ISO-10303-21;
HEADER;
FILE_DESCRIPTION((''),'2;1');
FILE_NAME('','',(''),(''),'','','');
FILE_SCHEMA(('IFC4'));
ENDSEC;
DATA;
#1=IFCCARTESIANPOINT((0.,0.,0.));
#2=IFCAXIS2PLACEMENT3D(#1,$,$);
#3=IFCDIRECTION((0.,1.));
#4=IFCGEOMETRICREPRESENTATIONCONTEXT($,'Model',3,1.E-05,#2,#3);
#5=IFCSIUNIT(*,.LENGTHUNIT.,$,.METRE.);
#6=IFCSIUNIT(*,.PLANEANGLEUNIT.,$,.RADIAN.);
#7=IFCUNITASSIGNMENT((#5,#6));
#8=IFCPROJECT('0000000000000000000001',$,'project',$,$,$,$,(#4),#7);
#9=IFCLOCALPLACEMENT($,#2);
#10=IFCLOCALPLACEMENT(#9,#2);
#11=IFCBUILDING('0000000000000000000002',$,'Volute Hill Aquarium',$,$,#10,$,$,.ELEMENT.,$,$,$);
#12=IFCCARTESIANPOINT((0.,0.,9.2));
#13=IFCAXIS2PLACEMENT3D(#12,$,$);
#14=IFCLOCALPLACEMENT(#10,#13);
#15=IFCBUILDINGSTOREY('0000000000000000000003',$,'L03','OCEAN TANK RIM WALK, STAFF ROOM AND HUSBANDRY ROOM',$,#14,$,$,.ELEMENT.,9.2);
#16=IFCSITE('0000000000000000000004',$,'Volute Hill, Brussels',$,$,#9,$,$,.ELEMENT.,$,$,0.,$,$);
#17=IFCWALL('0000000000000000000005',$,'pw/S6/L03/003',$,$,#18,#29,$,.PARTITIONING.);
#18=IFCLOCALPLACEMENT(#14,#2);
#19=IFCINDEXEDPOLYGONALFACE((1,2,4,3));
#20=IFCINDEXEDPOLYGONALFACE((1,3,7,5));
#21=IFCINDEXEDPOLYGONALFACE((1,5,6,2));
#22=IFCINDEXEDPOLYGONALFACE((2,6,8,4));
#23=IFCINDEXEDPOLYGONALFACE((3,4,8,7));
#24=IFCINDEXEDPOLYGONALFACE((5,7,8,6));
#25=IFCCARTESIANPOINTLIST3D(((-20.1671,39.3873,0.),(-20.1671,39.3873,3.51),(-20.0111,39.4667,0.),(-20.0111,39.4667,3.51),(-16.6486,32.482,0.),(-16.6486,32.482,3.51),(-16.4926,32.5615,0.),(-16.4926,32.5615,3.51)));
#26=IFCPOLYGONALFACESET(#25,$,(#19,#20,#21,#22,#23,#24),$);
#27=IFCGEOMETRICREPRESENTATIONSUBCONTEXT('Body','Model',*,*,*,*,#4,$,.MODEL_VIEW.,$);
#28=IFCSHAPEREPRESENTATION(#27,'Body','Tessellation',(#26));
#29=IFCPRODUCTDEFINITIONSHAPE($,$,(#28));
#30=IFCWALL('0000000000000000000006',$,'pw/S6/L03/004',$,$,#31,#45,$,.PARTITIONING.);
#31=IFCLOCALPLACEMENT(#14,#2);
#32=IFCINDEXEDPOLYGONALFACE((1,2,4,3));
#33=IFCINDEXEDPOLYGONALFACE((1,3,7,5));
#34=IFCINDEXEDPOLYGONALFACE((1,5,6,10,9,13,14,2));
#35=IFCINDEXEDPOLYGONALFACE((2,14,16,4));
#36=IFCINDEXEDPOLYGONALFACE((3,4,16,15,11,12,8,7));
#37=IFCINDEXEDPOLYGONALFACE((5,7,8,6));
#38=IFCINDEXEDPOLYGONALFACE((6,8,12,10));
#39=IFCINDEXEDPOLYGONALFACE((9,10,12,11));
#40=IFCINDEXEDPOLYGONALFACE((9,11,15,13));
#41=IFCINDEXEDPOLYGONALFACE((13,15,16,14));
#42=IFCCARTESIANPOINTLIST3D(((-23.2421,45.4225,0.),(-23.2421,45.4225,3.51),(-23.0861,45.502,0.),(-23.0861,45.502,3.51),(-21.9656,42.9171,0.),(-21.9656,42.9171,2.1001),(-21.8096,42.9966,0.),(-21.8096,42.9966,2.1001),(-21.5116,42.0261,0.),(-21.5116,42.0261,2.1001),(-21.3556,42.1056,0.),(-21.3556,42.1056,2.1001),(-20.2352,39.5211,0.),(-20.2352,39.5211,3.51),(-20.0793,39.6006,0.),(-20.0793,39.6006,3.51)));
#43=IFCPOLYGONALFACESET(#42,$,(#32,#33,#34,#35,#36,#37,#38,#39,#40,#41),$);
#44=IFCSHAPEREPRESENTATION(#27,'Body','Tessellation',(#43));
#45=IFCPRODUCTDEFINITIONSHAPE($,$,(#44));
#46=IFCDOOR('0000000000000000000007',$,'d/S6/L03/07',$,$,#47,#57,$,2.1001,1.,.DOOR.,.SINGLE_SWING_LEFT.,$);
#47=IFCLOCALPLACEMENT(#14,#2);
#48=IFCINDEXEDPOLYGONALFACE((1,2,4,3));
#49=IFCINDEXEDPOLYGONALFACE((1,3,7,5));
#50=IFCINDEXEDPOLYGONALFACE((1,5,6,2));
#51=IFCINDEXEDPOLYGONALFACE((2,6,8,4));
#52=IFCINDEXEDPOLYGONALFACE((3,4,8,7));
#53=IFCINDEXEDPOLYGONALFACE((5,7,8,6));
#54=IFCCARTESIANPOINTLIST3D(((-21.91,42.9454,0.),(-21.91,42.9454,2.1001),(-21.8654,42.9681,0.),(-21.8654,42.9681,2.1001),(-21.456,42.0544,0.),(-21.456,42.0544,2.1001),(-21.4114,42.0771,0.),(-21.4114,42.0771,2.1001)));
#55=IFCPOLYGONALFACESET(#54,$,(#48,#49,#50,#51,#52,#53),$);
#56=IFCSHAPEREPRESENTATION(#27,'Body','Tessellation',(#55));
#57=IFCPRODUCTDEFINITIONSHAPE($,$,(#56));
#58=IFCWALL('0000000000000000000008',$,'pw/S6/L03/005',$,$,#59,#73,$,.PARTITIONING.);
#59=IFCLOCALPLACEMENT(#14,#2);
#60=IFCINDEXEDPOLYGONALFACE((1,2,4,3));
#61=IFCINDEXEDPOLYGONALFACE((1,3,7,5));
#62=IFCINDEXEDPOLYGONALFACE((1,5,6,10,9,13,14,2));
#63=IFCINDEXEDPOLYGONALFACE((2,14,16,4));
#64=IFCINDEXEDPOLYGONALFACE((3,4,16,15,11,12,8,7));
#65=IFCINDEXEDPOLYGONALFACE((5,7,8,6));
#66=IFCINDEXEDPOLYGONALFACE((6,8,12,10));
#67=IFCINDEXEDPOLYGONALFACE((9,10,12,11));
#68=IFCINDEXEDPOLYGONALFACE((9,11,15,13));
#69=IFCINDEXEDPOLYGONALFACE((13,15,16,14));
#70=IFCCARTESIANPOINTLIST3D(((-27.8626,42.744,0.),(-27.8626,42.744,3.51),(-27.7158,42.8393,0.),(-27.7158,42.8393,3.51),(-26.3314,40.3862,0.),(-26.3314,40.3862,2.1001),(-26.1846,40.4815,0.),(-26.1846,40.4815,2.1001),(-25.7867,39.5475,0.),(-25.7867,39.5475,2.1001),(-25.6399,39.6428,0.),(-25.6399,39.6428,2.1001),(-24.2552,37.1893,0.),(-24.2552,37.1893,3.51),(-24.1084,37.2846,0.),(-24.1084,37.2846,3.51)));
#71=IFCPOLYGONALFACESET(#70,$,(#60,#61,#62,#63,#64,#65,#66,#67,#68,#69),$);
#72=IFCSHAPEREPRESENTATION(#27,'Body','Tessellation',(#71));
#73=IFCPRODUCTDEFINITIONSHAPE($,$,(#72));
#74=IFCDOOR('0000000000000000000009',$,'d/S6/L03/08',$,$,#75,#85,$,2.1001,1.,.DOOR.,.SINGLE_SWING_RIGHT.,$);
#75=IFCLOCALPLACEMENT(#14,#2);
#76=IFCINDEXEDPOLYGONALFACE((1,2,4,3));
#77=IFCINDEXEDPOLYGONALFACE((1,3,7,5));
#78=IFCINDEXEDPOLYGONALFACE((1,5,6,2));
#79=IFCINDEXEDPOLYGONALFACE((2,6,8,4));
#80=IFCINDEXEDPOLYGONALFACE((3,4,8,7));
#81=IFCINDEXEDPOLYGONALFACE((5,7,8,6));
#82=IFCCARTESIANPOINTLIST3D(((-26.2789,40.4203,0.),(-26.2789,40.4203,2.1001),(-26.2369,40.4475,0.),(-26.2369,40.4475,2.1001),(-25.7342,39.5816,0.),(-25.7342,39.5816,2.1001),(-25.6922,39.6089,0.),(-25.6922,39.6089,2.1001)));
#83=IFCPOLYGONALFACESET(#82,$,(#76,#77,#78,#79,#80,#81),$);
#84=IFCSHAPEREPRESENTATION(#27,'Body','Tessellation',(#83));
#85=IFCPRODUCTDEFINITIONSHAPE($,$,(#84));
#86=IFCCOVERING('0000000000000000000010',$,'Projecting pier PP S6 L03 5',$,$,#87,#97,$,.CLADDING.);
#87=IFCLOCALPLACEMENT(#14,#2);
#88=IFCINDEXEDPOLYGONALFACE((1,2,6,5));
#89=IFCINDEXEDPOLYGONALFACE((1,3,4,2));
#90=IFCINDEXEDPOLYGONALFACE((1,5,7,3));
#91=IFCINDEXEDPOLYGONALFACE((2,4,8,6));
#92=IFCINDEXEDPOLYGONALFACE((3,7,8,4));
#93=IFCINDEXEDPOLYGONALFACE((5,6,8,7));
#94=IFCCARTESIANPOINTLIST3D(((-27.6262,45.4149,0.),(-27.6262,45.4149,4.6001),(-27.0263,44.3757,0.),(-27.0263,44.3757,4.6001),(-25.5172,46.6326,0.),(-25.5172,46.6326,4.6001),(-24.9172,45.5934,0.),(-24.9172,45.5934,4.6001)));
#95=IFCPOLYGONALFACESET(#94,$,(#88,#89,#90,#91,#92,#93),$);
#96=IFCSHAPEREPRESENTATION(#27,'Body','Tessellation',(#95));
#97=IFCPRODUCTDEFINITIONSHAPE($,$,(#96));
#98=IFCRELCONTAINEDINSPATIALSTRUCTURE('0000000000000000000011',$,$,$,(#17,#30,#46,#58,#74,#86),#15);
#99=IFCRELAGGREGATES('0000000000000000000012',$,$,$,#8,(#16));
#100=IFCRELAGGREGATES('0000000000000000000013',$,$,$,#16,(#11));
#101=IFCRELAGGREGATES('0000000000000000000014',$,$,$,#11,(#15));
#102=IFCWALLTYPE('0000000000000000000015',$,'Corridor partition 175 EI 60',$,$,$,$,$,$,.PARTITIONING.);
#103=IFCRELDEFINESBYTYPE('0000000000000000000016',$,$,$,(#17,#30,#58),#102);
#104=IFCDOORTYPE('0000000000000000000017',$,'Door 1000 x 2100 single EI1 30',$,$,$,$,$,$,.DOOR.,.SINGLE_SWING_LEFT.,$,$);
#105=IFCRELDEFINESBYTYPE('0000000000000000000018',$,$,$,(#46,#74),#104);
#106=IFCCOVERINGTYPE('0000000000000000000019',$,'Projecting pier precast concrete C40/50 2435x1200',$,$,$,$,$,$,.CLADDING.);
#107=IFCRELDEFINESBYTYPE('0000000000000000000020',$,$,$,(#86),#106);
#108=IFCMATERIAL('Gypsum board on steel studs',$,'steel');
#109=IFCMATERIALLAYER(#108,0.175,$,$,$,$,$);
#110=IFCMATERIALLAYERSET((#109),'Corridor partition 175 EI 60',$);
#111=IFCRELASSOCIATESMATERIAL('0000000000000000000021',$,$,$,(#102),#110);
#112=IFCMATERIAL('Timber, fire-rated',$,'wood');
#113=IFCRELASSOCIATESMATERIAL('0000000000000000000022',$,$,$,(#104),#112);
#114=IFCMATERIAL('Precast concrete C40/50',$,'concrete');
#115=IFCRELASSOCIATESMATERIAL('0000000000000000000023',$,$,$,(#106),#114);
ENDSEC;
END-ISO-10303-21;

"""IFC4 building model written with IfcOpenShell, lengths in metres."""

from ifc_helpers import new_model, si_unit, direction, frame, frame_2d, origin, origin_2d, place, context, subcontext, project, spatial, rectangle, extrude, material, layer, layer_set, type_object, element, fill, save


model = new_model("IFC4")

# Units and contexts
model_context = context("Model", 3, precision=1e-05, world=origin(), true_north=direction((0.0, 1.0)))
body_context = subcontext(model_context, "Body", "Model", "MODEL_VIEW")
ifc_project = project(units=[si_unit("LENGTHUNIT", "METRE"), si_unit("PLANEANGLEUNIT", "RADIAN")], contexts=[model_context])

# Site, building, storey
site_placement = place(None, origin())
site = spatial("IfcSite", under=ifc_project, at=site_placement, Name="Volute Hill, Brussels", CompositionType="ELEMENT", RefElevation=0.0)
building_placement = place(site_placement, origin())
building = spatial("IfcBuilding", under=site, at=building_placement, Name="Volute Hill Aquarium", CompositionType="ELEMENT")
storey_placement = place(building_placement, frame((0.0, 0.0, 9.2)))
storey = spatial("IfcBuildingStorey", under=building, at=storey_placement, Name="L03", Description="OCEAN TANK RIM WALK, STAFF ROOM AND HUSBANDRY ROOM", CompositionType="ELEMENT", Elevation=9.2)

# Wall
ifc_material_1 = material(Name="Gypsum board on steel studs", Category="steel")
ifc_layer_1 = layer(ifc_material_1, 0.175)
ifc_layer_set_1 = layer_set([ifc_layer_1], Name="Corridor partition 175 EI 60")
wall_type_1 = type_object("IfcWallType", Name="Corridor partition 175 EI 60", PredefinedType="PARTITIONING", material=ifc_layer_set_1)
wall_1_placement = place(storey_placement, frame((-20.0891, 39.427, 0.0), z_axis=(0.0, 0.0, 1.0), x_axis=(0.454005, -0.890999, 0.0)))
element("IfcWall", 1, at=wall_1_placement, inside=storey, type_object=wall_type_1, Name="pw/S6/L03/003", PredefinedType="PARTITIONING", context=body_context, shape_type="SweptSolid", body=[
    extrude(rectangle(XDim=7.75, YDim=0.175, at=frame_2d((3.875, 0.0))), origin(), (0.0, 0.0, 1.0), 3.51),
])

# Walls, openings, doors
wall_2_placement = place(storey_placement, frame((-23.1641, 45.4622, 0.0), z_axis=(0.0, 0.0, 1.0), x_axis=(0.453983, -0.89101, 0.0)))
wall_2 = element("IfcWall", 2, at=wall_2_placement, inside=storey, type_object=wall_type_1, Name="pw/S6/L03/004", PredefinedType="PARTITIONING", context=body_context, shape_type="SweptSolid", body=[
    extrude(rectangle(XDim=6.6233, YDim=0.175, at=frame_2d((3.3115, 0.0))), origin(), (0.0, 0.0, 1.0), 3.51),
])
opening_1_placement = place(wall_2_placement, frame((2.8118, 0.0, 0.0)))
opening_1 = element("IfcOpeningElement", 3, at=opening_1_placement, cuts=wall_2, PredefinedType="OPENING", context=body_context, shape_type="SweptSolid", body=[
    extrude(rectangle(XDim=1.0, YDim=2.1001, at=frame_2d((0.5, 1.05))), frame((0.0, 0.0974, 0.0), z_axis=(0.0, -1.0, 0.0), x_axis=(1.0, 0.0, 0.0)), (0.0, 0.0, 1.0), 0.1951),
])
ifc_material_2 = material(Name="Timber, fire-rated", Category="wood")
door_type = type_object("IfcDoorType", Name="Door 1000 x 2100 single EI1 30", OperationType="SINGLE_SWING_LEFT", PredefinedType="DOOR", material=ifc_material_2)
door_1_placement = place(opening_1_placement, origin())
door_1 = element("IfcDoor", 4, at=door_1_placement, inside=storey, type_object=door_type, Name="d/S6/L03/07", OperationType="SINGLE_SWING_LEFT", OverallHeight=2.1001, OverallWidth=1.0, PredefinedType="DOOR", context=body_context, shape_type="SweptSolid", body=[
    extrude(rectangle(XDim=1.0, YDim=2.1001, at=frame_2d((0.5, 1.05))), frame((0.0, 0.0249, 0.0), z_axis=(0.0, -1.0, 0.0), x_axis=(1.0, 0.0, 0.0)), (0.0, 0.0, 1.0), 0.05),
])
fill(opening_1, door_1)
wall_3_placement = place(storey_placement, frame((-24.1819, 37.2371, 0.0), z_axis=(0.0, 0.0, 1.0), x_axis=(-0.544657, 0.838659, 0.0)))
wall_3 = element("IfcWall", 5, at=wall_3_placement, inside=storey, type_object=wall_type_1, Name="pw/S6/L03/005", PredefinedType="PARTITIONING", context=body_context, shape_type="SweptSolid", body=[
    extrude(rectangle(XDim=6.6233, YDim=0.175, at=frame_2d((3.3115, 0.0))), origin(), (0.0, 0.0, 1.0), 3.51),
])
opening_2_placement = place(wall_3_placement, frame((2.8118, 0.0, 0.0)))
opening_2 = element("IfcOpeningElement", 6, at=opening_2_placement, cuts=wall_3, PredefinedType="OPENING", context=body_context, shape_type="SweptSolid", body=[
    extrude(rectangle(XDim=1.0, YDim=2.1001, at=frame_2d((0.5, 1.05))), frame((0.0, 0.0974, 0.0), z_axis=(0.0, -1.0, 0.0), x_axis=(1.0, 0.0, 0.0)), (0.0, 0.0, 1.0), 0.1951),
])
door_2_placement = place(opening_2_placement, origin())
door_2 = element("IfcDoor", 7, at=door_2_placement, inside=storey, type_object=door_type, Name="d/S6/L03/08", OperationType="SINGLE_SWING_RIGHT", OverallHeight=2.1001, OverallWidth=1.0, PredefinedType="DOOR", context=body_context, shape_type="SweptSolid", body=[
    extrude(rectangle(XDim=1.0, YDim=2.1001, at=frame_2d((0.5, 1.05))), frame((0.0, 0.0249, 0.0), z_axis=(0.0, -1.0, 0.0), x_axis=(1.0, 0.0, 0.0)), (0.0, 0.0, 1.0), 0.05),
])
fill(opening_2, door_2)

# Covering
ifc_material_3 = material(Name="Precast concrete C40/50", Category="concrete")
covering_type = type_object("IfcCoveringType", Name="Projecting pier precast concrete C40/50 2435x1200", PredefinedType="CLADDING", material=ifc_material_3)
covering_placement = place(storey_placement, frame((-26.2717, 45.5042, 0.0), z_axis=(0.0, 0.0, 1.0), x_axis=(-0.866025, -0.5, 0.0)))
element("IfcCovering", 8, at=covering_placement, inside=storey, type_object=covering_type, Name="Projecting pier PP S6 L03 5", PredefinedType="CLADDING", context=body_context, shape_type="SweptSolid", body=[
    extrude(rectangle(XDim=2.4353, YDim=1.2, at=origin_2d()), origin(), (0.0, 0.0, 1.0), 4.6001),
])

save(model, "model.ifc")
